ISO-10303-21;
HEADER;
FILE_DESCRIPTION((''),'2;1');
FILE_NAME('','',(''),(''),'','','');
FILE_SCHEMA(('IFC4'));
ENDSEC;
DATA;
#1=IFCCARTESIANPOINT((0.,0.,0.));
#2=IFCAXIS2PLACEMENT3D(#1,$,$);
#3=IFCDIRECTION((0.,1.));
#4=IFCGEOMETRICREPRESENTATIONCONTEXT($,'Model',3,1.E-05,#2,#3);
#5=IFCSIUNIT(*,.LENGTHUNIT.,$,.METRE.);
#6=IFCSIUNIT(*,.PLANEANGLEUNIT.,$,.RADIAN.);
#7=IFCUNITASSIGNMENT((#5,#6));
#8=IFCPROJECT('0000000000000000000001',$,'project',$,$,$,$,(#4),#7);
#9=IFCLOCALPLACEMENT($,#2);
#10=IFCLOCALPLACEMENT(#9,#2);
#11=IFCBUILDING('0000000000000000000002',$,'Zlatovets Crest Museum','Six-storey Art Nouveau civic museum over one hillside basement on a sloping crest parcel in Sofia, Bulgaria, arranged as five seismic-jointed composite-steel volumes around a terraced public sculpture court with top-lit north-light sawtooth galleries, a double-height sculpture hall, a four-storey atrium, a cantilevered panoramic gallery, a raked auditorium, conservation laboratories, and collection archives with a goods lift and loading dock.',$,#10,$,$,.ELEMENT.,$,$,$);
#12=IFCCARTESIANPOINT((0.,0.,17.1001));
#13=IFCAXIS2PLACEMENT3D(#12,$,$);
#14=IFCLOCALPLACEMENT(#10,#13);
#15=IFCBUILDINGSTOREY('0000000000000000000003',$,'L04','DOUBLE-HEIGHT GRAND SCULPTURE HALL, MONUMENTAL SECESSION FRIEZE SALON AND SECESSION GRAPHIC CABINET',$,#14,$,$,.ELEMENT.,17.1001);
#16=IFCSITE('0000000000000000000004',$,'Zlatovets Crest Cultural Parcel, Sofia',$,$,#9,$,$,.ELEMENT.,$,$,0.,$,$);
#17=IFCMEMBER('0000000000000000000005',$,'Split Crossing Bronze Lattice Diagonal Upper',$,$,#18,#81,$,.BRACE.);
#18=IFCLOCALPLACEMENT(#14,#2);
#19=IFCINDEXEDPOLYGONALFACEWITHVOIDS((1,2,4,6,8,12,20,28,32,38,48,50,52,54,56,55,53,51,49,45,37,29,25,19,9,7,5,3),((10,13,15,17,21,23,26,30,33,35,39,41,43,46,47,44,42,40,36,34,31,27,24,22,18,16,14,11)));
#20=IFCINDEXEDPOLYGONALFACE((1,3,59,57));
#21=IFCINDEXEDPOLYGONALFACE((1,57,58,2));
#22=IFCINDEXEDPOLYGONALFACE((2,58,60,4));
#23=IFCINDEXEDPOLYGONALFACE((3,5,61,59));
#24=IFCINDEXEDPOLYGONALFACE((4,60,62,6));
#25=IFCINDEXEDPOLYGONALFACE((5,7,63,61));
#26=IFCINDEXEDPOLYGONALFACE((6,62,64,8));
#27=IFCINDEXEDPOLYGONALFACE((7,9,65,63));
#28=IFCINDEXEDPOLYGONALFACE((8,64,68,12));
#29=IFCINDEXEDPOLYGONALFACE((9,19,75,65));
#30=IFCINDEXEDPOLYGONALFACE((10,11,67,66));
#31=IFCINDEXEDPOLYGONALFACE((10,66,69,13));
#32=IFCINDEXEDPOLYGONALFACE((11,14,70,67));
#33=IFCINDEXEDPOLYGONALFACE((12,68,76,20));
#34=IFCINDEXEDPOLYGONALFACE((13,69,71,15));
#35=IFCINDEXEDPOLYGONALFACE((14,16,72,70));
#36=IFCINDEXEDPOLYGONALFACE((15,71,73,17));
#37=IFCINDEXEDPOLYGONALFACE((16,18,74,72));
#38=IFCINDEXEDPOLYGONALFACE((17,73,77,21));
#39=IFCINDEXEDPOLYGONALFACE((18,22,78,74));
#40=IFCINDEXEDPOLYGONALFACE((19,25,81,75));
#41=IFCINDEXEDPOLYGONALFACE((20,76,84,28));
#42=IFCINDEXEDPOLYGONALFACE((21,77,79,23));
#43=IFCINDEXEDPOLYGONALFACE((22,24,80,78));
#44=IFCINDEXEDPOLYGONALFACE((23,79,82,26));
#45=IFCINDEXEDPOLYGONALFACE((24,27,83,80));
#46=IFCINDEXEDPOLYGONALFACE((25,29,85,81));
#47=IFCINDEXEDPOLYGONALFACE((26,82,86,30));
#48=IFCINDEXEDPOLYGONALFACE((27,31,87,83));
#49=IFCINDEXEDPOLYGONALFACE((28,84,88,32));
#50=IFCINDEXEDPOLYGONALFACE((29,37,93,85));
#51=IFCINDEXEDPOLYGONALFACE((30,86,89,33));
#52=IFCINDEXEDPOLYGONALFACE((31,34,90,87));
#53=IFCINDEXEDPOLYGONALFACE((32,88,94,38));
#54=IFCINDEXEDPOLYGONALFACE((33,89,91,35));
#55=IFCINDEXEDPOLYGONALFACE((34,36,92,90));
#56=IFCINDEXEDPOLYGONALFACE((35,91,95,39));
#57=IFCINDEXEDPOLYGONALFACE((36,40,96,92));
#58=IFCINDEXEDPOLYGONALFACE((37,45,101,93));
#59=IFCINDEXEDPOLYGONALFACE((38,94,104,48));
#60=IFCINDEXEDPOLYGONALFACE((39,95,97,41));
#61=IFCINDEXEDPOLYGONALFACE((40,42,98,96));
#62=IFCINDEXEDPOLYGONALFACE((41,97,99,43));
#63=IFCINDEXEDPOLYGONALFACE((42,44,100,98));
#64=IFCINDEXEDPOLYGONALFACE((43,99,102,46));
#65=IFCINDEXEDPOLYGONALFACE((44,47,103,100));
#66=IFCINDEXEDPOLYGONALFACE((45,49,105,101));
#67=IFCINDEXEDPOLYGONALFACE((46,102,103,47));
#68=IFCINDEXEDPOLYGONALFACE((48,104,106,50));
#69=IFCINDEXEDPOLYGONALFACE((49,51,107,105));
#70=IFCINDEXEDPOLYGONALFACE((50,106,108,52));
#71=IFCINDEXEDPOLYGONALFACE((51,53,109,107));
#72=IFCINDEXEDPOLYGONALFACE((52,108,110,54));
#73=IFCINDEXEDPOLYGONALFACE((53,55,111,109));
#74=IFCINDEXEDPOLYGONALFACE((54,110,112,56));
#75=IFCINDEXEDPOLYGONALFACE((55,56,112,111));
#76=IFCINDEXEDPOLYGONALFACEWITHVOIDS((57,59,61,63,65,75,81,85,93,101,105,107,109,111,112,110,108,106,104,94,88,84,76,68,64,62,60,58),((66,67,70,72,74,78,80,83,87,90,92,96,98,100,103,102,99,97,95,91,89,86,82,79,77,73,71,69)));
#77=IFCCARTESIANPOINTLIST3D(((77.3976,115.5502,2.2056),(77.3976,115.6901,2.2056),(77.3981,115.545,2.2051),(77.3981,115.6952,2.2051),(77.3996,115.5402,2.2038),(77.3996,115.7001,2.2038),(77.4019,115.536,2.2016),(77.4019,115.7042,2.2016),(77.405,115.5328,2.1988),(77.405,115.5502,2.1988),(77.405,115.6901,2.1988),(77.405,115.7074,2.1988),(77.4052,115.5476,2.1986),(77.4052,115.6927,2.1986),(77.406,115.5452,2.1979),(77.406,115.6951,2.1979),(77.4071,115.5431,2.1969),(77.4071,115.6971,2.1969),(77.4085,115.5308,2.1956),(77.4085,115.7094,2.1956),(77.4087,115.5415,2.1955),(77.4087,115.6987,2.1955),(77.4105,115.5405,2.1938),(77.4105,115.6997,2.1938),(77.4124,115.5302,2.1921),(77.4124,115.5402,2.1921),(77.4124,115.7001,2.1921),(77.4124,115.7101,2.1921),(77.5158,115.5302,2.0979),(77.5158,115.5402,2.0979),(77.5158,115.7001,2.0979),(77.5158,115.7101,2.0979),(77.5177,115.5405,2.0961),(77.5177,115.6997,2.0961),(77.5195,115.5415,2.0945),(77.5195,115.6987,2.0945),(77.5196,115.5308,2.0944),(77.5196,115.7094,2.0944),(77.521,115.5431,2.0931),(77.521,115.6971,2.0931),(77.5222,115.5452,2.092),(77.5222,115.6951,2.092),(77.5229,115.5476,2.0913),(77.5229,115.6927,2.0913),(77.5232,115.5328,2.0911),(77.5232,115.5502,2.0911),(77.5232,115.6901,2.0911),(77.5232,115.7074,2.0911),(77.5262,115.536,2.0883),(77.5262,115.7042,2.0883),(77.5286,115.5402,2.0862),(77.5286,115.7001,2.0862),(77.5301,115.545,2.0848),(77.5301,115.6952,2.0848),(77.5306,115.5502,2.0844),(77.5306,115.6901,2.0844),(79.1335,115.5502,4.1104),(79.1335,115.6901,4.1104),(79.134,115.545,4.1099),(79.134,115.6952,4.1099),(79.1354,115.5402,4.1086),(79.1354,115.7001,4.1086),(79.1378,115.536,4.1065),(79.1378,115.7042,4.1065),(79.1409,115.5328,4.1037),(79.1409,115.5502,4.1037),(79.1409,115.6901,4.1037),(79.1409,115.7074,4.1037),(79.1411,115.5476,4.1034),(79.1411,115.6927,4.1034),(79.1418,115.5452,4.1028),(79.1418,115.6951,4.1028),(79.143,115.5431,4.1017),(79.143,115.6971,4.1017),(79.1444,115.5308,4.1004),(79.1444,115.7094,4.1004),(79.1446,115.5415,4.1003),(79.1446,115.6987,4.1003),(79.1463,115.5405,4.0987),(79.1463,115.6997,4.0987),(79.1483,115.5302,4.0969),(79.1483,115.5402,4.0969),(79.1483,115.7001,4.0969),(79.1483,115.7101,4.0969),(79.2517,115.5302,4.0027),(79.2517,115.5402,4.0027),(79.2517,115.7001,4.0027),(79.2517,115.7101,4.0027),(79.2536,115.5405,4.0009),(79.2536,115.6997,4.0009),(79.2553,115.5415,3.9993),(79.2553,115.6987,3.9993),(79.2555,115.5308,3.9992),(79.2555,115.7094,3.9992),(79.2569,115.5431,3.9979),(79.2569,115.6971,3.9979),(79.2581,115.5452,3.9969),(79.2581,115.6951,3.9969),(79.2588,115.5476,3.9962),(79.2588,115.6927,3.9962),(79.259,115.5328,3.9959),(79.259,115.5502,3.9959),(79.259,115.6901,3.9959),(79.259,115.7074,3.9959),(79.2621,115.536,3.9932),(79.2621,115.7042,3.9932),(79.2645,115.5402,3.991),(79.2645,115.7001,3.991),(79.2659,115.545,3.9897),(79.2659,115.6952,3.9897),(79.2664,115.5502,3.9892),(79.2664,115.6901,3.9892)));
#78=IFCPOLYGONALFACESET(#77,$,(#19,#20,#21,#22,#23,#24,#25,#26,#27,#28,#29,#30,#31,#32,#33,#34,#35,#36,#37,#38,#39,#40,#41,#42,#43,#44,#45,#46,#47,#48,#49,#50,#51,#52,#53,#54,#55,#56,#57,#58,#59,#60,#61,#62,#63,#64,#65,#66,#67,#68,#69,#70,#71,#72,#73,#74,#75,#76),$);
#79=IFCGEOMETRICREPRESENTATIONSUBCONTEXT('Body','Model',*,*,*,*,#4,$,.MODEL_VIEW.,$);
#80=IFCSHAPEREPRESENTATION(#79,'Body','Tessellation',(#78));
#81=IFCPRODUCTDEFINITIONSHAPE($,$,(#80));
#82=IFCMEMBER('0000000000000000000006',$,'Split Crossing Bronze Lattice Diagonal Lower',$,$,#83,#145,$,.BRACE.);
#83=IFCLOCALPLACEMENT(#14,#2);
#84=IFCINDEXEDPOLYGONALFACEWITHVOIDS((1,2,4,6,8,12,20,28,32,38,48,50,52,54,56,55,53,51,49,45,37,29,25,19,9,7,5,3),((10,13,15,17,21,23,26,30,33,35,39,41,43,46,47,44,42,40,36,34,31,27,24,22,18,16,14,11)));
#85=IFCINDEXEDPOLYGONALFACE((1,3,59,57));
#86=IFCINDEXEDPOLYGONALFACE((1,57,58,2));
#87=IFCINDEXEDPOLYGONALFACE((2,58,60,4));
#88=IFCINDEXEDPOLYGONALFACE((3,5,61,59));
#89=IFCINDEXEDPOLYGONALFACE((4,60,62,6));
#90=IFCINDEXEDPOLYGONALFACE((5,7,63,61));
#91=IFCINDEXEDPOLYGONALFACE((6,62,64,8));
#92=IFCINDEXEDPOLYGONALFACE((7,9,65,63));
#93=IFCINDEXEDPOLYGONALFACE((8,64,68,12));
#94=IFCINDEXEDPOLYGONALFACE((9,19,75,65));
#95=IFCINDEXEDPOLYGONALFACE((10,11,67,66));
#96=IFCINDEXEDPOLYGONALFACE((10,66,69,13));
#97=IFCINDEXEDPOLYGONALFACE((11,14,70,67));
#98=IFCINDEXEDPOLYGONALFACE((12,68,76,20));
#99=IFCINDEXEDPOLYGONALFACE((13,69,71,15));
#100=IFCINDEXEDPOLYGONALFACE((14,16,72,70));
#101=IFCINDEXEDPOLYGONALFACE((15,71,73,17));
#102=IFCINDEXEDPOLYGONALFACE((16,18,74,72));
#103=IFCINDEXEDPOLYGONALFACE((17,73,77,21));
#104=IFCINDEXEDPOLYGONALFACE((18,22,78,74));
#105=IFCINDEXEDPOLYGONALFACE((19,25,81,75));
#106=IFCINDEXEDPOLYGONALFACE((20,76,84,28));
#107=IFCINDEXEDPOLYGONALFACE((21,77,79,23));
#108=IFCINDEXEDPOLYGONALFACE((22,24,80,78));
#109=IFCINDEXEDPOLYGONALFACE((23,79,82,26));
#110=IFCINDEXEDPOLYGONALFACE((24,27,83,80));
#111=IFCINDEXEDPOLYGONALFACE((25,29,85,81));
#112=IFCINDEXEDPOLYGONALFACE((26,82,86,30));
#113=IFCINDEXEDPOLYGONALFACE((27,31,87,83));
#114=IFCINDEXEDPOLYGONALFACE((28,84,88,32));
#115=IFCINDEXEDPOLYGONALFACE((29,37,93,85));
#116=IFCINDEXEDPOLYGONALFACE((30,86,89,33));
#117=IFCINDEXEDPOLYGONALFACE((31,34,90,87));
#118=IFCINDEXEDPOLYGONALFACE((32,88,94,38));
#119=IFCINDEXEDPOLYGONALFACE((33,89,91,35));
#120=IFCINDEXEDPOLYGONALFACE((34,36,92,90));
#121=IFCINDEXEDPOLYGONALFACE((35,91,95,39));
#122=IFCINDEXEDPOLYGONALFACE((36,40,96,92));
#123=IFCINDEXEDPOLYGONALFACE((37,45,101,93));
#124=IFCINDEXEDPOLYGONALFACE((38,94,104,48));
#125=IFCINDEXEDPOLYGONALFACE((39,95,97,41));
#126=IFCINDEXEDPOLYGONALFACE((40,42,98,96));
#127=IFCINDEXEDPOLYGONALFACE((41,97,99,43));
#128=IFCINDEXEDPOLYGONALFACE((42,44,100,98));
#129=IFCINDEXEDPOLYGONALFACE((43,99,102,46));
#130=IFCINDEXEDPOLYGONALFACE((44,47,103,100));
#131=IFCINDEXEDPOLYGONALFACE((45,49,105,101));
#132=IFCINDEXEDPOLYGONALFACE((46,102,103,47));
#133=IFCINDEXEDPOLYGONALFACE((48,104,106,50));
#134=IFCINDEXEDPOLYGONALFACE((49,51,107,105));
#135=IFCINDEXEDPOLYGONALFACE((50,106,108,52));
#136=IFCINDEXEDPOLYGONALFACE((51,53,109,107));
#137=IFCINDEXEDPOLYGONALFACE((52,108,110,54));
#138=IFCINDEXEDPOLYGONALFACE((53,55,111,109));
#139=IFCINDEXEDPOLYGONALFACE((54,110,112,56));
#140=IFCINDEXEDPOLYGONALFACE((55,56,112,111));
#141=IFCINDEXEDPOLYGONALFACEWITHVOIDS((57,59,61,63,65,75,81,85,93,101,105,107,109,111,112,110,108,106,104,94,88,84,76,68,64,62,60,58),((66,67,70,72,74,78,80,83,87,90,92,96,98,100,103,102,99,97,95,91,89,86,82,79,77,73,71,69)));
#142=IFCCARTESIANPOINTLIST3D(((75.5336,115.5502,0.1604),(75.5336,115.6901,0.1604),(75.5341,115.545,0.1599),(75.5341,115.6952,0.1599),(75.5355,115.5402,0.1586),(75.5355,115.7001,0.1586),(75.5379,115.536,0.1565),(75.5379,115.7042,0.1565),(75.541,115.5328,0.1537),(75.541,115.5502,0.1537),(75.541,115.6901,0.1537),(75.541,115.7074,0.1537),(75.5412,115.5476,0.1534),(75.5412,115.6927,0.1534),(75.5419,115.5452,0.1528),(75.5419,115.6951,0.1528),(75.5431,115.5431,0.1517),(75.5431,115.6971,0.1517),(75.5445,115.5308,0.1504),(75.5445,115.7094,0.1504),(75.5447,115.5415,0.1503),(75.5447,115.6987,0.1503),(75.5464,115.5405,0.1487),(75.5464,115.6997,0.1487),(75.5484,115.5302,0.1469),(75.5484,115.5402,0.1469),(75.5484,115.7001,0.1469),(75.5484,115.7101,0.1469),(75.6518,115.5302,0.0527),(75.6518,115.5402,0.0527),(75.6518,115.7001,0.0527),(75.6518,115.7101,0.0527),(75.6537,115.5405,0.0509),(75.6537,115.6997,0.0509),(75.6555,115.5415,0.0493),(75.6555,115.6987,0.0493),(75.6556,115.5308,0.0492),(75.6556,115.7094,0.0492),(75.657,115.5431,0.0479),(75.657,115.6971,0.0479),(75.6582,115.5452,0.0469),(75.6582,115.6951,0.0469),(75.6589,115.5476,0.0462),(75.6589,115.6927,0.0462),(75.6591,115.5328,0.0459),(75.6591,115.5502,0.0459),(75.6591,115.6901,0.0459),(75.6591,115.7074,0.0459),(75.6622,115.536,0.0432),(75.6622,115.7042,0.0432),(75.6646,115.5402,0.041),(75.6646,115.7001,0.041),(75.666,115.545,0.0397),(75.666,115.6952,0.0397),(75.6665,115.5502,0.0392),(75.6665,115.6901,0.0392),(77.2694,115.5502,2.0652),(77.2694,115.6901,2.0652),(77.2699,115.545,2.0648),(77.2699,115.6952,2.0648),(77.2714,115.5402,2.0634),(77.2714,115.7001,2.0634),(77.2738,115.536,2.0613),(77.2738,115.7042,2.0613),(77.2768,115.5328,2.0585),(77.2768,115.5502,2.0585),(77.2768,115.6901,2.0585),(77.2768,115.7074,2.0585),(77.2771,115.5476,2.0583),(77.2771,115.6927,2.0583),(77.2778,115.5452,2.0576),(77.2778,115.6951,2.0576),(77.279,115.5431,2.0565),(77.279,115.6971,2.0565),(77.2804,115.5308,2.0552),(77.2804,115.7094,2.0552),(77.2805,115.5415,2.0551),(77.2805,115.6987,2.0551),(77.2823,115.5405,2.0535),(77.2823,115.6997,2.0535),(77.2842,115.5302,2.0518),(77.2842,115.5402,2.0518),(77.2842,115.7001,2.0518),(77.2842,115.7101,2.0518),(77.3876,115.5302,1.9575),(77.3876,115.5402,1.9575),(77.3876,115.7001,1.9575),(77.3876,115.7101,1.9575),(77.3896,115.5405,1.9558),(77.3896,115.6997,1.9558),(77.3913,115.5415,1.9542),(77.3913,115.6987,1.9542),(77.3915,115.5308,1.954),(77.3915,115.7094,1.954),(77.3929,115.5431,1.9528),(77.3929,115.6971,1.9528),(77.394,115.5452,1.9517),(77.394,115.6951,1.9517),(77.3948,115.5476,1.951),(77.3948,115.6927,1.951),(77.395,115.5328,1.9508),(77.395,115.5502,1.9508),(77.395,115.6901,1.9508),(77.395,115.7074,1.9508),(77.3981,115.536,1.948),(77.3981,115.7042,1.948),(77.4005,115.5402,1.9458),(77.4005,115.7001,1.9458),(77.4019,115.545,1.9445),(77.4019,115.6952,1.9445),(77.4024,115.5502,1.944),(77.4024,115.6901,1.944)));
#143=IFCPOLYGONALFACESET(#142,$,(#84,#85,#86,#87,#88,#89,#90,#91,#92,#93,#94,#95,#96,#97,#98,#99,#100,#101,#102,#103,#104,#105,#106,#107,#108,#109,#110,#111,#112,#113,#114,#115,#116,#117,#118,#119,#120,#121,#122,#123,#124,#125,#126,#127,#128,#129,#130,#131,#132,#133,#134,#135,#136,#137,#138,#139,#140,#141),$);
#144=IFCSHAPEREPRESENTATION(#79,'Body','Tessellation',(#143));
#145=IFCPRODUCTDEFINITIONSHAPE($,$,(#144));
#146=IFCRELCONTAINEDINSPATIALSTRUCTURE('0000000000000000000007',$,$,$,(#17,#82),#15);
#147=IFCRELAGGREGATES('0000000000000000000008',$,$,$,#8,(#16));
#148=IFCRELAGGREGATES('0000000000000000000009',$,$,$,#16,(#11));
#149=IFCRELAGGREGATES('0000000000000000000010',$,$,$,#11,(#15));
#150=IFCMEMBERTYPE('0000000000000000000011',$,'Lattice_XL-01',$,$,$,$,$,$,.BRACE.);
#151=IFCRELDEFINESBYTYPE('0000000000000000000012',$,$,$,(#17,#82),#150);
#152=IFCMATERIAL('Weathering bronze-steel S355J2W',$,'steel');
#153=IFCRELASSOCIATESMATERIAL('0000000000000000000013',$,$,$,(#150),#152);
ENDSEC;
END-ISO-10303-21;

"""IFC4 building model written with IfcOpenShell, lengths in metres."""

from ifc_helpers import new_model, si_unit, direction, frame, origin, origin_2d, place, context, subcontext, project, spatial, hollow_rectangle, extrude, material, material_profile, profile_set, type_object, element, save


model = new_model("IFC4")

# Units and contexts
model_context = context("Model", 3, precision=1e-05, world=origin(), true_north=direction((0.0, 1.0)))
body_context = subcontext(model_context, "Body", "Model", "MODEL_VIEW")
ifc_project = project(units=[si_unit("LENGTHUNIT", "METRE"), si_unit("PLANEANGLEUNIT", "RADIAN")], contexts=[model_context])

# Site, building, storey
site_placement = place(None, origin())
site = spatial("IfcSite", under=ifc_project, at=site_placement, Name="Zlatovets Crest Cultural Parcel, Sofia", CompositionType="ELEMENT", RefElevation=0.0)
building_placement = place(site_placement, origin())
building = spatial("IfcBuilding", under=site, at=building_placement, Name="Zlatovets Crest Museum", Description="Six-storey Art Nouveau civic museum over one hillside basement on a sloping crest parcel in Sofia, Bulgaria, arranged as five seismic-jointed composite-steel volumes around a terraced public sculpture court with top-lit north-light sawtooth galleries, a double-height sculpture hall, a four-storey atrium, a cantilevered panoramic gallery, a raked auditorium, conservation laboratories, and collection archives with a goods lift and loading dock.", CompositionType="ELEMENT")
storey_placement = place(building_placement, frame((0.0, 0.0, 17.1001)))
storey = spatial("IfcBuildingStorey", under=building, at=storey_placement, Name="L04", Description="DOUBLE-HEIGHT GRAND SCULPTURE HALL, MONUMENTAL SECESSION FRIEZE SALON AND SECESSION GRAPHIC CABINET", CompositionType="ELEMENT", Elevation=17.1001)

# Members
ifc_material_1 = material(Name="Weathering bronze-steel S355J2W", Category="steel")
ifc_material_profile_1 = material_profile(ifc_material_1, hollow_rectangle(XDim=0.1799, YDim=0.1799, WallThickness=0.01, InnerFilletRadius=0.01, OuterFilletRadius=0.02, at=origin_2d()), Name="SHS 180x180x10.0")
ifc_profile_set_1 = profile_set([ifc_material_profile_1], Name="Weathering bronze-steel S355J2W")
member_type_1 = type_object("IfcMemberType", Name="Lattice_XL-01", PredefinedType="BRACE", material=ifc_profile_set_1)
for number, where, z_axis, x_axis, name in (
    (1, (79.2, 115.6201, 4.0498), (-0.673568, 0.0, -0.739125), (0.0, -1.0, 0.0), "Split Crossing Bronze Lattice Diagonal Upper"),
    (2, (77.3359, 115.6201, 2.0046), (-0.673568, 0.0, -0.739125), (0.0, -1.0, 0.0), "Split Crossing Bronze Lattice Diagonal Lower"),
):
    element("IfcMember", number, at=place(storey_placement, frame(where, z_axis=z_axis, x_axis=x_axis)), inside=storey, type_object=member_type_1, Name=name, PredefinedType="BRACE", context=body_context, shape_type="SweptSolid", body=[
        extrude(hollow_rectangle(XDim=0.1799, YDim=0.1799, WallThickness=0.01, InnerFilletRadius=0.01, OuterFilletRadius=0.02, at=origin_2d()), origin(), (0.0, 0.0, 1.0), 2.5771),
    ])

save(model, "model.ifc")
